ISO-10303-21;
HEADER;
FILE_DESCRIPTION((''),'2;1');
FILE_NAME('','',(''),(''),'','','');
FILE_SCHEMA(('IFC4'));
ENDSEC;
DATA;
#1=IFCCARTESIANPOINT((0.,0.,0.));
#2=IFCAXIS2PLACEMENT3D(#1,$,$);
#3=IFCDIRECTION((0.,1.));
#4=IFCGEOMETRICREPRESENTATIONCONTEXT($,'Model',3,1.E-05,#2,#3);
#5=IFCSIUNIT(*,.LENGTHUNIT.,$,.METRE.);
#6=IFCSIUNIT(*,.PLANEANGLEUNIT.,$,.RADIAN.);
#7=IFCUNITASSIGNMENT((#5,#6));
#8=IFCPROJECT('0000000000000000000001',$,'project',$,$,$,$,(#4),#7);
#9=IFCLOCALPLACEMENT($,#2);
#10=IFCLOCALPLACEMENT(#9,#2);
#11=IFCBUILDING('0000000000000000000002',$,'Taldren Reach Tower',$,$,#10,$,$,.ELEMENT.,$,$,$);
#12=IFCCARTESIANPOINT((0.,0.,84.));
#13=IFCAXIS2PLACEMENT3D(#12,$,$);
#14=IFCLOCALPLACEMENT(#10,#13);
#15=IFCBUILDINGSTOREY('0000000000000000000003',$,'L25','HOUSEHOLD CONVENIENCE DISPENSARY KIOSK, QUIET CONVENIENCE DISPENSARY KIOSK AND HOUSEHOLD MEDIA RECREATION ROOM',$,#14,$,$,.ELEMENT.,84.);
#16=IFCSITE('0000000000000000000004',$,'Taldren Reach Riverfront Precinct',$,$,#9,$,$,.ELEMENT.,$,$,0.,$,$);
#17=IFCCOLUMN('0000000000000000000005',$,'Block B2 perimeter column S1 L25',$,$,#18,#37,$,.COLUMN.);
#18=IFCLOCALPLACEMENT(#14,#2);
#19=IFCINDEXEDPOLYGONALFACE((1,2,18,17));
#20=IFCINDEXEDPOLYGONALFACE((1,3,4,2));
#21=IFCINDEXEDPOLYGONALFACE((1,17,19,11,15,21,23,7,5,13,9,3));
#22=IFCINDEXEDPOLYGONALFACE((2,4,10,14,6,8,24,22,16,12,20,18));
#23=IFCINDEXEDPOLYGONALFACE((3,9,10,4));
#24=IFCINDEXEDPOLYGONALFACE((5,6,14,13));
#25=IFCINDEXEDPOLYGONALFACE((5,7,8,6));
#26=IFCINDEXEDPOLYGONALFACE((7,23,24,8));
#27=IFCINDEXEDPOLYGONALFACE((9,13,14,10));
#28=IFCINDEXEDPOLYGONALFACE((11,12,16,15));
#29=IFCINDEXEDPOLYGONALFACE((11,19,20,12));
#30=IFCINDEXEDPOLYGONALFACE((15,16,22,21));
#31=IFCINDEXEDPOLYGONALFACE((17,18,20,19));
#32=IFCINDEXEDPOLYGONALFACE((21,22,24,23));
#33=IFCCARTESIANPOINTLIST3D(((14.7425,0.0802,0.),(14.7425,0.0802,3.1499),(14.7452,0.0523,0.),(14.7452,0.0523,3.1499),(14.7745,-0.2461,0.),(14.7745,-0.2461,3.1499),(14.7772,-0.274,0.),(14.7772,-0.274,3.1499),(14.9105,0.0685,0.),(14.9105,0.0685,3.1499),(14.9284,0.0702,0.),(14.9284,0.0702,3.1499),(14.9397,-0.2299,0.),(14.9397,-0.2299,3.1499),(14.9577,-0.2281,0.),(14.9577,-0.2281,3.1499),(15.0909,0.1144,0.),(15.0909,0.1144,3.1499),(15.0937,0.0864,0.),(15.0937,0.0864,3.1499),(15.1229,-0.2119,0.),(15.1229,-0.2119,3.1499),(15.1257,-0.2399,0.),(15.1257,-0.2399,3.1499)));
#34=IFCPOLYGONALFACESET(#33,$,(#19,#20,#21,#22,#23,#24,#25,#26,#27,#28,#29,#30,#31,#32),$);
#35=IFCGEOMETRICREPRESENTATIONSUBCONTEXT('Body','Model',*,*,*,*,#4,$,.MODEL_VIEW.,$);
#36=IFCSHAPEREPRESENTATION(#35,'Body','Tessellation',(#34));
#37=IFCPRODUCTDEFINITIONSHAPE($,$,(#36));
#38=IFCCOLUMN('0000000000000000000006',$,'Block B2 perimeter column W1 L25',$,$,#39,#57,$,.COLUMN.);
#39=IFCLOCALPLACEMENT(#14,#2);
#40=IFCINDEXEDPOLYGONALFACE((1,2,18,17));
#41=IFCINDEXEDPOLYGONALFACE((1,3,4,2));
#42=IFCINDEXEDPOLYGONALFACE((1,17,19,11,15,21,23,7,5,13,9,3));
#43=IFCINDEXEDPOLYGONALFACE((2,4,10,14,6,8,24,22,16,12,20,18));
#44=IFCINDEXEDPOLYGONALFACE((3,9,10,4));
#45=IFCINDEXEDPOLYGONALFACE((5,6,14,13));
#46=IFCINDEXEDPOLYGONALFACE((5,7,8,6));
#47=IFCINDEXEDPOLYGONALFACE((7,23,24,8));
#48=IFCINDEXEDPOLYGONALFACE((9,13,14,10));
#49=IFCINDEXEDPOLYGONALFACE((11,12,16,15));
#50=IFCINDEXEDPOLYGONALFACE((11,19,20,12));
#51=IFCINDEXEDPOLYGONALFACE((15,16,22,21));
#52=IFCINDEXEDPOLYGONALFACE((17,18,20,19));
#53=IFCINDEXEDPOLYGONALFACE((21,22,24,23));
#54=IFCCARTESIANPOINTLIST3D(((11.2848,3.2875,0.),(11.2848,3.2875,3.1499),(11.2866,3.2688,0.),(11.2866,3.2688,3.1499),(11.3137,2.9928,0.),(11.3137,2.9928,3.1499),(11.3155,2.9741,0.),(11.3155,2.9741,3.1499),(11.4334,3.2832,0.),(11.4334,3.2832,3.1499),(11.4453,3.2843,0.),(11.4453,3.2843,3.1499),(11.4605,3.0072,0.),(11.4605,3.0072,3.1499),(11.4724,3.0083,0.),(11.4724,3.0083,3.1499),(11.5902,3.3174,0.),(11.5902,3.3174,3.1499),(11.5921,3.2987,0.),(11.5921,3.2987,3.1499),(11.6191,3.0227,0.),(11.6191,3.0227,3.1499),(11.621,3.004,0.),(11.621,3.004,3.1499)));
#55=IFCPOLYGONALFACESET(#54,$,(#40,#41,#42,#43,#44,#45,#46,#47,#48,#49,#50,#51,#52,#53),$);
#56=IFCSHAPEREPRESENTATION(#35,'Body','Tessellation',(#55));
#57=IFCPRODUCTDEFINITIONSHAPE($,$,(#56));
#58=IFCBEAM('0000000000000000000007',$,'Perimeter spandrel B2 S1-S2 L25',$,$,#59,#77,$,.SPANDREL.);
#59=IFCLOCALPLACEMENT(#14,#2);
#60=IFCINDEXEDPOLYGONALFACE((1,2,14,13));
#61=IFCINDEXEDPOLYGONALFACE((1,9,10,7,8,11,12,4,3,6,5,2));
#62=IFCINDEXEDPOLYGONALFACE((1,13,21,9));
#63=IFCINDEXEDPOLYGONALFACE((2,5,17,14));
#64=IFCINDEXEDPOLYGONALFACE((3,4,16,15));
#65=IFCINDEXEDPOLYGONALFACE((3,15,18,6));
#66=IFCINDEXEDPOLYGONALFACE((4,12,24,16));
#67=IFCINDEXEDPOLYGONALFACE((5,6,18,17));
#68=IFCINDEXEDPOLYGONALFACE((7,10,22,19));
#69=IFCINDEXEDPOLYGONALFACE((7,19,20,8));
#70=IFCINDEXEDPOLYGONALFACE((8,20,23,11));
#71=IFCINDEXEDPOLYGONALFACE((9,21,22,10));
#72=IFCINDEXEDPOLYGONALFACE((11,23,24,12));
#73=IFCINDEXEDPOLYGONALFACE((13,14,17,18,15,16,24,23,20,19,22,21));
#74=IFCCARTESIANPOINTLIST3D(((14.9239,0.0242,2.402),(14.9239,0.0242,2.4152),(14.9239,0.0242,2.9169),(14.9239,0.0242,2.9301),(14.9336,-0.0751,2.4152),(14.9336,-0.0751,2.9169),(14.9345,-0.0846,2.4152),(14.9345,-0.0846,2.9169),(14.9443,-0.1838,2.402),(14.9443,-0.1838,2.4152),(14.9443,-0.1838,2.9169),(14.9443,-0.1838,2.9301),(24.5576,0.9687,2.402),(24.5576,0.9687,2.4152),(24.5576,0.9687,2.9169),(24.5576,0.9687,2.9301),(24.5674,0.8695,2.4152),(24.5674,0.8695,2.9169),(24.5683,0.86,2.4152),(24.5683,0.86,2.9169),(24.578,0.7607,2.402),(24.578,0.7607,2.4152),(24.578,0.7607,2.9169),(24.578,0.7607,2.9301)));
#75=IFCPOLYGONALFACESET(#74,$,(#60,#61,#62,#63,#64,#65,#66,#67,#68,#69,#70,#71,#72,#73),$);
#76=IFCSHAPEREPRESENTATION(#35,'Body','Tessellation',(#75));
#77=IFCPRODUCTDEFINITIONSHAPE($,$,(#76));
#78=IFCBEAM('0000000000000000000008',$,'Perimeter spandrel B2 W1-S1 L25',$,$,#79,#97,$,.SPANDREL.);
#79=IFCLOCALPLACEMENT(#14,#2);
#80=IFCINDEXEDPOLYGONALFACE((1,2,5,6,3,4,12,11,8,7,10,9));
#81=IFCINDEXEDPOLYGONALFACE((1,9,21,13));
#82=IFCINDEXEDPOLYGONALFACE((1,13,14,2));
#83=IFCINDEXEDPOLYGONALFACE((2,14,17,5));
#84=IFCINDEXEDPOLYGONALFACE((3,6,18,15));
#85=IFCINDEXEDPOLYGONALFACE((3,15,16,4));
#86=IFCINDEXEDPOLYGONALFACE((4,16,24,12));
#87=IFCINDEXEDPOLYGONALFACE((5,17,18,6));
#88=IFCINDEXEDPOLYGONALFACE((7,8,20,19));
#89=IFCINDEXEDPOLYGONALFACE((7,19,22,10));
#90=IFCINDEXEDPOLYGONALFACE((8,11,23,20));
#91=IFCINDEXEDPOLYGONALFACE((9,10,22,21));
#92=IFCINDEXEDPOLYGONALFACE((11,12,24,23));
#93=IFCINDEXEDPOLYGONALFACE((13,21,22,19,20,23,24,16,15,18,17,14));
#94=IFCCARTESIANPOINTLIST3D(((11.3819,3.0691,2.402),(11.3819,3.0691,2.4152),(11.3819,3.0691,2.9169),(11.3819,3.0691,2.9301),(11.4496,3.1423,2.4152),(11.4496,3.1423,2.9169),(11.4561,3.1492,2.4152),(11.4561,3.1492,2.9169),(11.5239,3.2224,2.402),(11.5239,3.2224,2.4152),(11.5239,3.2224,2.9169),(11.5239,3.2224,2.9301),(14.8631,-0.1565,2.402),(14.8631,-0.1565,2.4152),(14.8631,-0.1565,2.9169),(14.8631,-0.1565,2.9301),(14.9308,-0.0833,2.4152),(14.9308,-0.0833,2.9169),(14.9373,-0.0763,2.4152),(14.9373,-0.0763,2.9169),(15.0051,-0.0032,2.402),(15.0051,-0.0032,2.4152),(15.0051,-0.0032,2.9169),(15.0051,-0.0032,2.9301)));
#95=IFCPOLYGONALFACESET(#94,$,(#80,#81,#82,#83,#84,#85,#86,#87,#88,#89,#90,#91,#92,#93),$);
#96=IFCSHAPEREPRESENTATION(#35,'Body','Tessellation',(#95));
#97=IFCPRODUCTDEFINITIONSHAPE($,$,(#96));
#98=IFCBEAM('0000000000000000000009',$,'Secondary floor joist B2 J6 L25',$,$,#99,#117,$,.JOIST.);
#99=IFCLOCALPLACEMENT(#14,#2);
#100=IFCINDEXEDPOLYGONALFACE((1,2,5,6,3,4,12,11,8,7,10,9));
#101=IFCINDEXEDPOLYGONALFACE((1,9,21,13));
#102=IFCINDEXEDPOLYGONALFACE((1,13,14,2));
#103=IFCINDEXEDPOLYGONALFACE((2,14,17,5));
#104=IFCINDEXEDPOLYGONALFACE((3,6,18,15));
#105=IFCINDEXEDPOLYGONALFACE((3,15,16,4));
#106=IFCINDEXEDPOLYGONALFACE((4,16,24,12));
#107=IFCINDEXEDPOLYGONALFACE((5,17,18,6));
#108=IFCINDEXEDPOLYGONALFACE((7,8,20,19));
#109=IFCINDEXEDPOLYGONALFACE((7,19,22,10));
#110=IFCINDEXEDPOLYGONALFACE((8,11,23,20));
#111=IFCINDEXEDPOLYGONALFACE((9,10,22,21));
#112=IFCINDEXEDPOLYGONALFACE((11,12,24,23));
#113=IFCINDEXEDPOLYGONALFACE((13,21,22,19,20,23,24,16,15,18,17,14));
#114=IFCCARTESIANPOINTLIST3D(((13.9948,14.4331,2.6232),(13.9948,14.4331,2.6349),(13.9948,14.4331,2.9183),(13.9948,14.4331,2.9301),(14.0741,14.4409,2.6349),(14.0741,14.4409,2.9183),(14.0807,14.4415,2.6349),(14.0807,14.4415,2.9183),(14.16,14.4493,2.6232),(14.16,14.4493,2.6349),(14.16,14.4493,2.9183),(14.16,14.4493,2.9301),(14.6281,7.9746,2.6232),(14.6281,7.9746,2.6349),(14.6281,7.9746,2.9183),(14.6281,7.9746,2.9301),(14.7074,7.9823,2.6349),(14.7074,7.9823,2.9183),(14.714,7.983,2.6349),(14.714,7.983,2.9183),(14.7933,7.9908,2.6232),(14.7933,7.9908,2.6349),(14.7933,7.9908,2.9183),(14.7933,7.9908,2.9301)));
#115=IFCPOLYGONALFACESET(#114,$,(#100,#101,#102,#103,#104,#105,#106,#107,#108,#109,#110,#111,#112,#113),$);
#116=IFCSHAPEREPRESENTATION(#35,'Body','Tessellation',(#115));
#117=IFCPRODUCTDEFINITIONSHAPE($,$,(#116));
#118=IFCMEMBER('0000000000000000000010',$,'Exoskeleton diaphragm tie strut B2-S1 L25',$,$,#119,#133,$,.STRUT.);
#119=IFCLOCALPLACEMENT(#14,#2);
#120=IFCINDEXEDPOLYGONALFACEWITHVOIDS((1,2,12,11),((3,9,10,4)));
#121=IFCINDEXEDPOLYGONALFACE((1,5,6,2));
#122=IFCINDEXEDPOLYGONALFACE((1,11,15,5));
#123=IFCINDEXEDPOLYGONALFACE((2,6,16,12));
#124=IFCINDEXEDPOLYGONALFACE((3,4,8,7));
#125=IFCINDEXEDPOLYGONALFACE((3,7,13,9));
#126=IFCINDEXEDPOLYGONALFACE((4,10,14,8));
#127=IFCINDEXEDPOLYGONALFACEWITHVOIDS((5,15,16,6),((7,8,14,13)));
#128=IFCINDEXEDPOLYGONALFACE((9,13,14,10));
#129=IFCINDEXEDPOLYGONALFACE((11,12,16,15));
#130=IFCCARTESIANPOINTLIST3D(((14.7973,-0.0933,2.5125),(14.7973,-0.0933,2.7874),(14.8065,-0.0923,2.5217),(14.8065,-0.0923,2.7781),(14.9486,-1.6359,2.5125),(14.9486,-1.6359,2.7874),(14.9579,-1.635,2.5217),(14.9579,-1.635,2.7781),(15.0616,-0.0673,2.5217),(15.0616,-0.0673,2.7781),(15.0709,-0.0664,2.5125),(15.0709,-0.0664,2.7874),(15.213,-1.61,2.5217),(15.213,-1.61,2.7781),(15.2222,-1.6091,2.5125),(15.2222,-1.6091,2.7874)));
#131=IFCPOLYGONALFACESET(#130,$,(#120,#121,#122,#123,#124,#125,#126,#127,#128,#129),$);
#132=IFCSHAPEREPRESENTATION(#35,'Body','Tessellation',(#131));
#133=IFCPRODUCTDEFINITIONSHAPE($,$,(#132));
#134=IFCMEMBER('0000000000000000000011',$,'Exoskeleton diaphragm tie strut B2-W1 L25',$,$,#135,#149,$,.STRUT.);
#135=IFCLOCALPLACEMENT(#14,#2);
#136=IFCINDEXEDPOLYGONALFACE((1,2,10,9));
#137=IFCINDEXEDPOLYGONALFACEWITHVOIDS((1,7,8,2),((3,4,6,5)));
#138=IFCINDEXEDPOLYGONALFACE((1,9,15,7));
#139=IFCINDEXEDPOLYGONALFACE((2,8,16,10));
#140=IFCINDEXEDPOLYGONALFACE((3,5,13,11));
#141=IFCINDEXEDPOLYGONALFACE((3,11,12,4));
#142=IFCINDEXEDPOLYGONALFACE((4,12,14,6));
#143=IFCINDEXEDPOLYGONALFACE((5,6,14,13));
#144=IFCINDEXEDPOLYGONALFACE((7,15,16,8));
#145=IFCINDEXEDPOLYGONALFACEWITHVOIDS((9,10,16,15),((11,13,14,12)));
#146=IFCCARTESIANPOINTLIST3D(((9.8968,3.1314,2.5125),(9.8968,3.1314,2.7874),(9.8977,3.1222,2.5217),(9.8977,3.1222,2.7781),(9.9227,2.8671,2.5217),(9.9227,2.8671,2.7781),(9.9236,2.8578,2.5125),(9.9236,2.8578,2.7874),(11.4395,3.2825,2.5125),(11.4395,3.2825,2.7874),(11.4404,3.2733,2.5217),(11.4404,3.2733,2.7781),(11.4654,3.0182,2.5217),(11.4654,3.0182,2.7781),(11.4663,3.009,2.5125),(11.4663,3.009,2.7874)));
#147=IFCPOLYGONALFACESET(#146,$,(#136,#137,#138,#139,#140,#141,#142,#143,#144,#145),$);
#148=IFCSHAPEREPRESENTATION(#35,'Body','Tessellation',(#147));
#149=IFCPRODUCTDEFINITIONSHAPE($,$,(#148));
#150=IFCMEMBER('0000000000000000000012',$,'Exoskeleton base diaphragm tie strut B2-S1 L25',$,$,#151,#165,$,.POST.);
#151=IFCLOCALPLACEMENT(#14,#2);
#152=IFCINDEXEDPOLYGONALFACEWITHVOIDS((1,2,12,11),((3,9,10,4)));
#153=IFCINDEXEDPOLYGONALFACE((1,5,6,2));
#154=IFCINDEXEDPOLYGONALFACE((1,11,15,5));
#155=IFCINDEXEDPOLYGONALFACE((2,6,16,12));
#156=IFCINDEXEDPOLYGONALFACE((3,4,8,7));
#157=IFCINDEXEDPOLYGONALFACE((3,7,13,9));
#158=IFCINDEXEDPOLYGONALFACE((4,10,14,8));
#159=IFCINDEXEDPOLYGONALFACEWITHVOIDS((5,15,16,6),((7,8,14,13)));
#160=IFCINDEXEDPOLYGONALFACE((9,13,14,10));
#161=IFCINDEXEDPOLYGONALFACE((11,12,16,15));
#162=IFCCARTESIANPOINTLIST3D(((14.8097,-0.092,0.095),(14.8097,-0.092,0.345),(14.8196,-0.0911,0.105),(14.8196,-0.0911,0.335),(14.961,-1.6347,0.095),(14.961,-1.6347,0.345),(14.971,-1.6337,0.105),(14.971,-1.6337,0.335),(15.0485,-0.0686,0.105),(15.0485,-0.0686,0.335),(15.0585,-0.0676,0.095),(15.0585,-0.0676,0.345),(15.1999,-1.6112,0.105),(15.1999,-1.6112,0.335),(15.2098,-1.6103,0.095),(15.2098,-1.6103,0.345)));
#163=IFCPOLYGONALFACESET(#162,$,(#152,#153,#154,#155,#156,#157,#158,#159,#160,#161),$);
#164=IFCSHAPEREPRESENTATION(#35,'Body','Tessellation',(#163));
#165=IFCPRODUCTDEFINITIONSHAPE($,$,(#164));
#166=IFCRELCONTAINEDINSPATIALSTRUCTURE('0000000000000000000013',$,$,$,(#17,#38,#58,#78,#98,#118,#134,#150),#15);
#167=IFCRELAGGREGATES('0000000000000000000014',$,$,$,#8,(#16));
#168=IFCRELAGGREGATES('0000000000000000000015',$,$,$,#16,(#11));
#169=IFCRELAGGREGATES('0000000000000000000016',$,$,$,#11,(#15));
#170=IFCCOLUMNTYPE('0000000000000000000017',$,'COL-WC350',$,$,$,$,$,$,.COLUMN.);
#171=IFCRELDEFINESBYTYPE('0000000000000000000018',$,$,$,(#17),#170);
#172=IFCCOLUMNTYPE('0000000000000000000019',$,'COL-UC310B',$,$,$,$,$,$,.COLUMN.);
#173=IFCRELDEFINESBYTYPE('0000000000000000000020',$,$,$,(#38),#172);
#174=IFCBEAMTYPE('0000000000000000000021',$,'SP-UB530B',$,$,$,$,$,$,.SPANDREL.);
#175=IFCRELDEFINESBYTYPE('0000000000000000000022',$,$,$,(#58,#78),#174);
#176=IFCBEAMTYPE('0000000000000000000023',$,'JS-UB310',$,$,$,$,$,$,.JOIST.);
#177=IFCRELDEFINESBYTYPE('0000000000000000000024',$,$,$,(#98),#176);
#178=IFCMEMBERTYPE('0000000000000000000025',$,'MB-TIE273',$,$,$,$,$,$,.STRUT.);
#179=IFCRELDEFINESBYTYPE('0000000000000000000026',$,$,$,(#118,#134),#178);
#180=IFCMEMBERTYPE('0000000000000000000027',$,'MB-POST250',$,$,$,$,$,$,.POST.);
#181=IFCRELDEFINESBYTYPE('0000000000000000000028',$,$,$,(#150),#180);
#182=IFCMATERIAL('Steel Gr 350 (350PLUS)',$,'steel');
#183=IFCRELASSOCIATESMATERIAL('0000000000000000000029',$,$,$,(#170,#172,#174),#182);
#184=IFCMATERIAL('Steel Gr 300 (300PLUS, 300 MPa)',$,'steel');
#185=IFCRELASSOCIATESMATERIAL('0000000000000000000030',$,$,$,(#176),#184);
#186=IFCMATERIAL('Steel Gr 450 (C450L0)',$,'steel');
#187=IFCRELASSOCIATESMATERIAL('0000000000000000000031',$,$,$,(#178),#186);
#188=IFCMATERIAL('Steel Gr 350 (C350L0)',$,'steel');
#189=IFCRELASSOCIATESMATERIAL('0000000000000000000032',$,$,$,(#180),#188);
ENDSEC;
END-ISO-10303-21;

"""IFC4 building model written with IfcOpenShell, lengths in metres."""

from ifc_helpers import new_model, si_unit, direction, frame, origin, origin_2d, place, context, subcontext, project, spatial, hollow_rectangle, i_section, extrude, source, transform, mapped, material, material_profile, profile_set, type_object, element, save


model = new_model("IFC4")

# Units and contexts
model_context = context("Model", 3, precision=1e-05, world=origin(), true_north=direction((0.0, 1.0)))
body_context = subcontext(model_context, "Body", "Model", "MODEL_VIEW")
ifc_project = project(units=[si_unit("LENGTHUNIT", "METRE"), si_unit("PLANEANGLEUNIT", "RADIAN")], contexts=[model_context])

# Site, building, storey
site_placement = place(None, origin())
site = spatial("IfcSite", under=ifc_project, at=site_placement, Name="Taldren Reach Riverfront Precinct", CompositionType="ELEMENT", RefElevation=0.0)
building_placement = place(site_placement, origin())
building = spatial("IfcBuilding", under=site, at=building_placement, Name="Taldren Reach Tower", CompositionType="ELEMENT")
storey_placement = place(building_placement, frame((0.0, 0.0, 84.0)))
storey = spatial("IfcBuildingStorey", under=building, at=storey_placement, Name="L25", Description="HOUSEHOLD CONVENIENCE DISPENSARY KIOSK, QUIET CONVENIENCE DISPENSARY KIOSK AND HOUSEHOLD MEDIA RECREATION ROOM", CompositionType="ELEMENT", Elevation=84.0)

# Columns
ifc_material_1 = material(Name="Steel Gr 350 (350PLUS)", Category="steel")
ifc_material_profile_1 = material_profile(ifc_material_1, i_section(OverallWidth=0.3501, OverallDepth=0.356, WebThickness=0.0181, FlangeThickness=0.0281, at=origin_2d()), Name="350WC197")
ifc_profile_set_1 = profile_set([ifc_material_profile_1], Name="Steel Gr 350 (350PLUS)")
column_type_1 = type_object("IfcColumnType", Name="COL-WC350", PredefinedType="COLUMN", material=ifc_profile_set_1)
shared_shape_1 = source(origin(), body_context, "Body", "SweptSolid", [
    extrude(i_section(OverallWidth=0.3501, OverallDepth=0.356, WebThickness=0.0181, FlangeThickness=0.0281, at=origin_2d()), origin(), (0.0, 0.0, 1.0), 3.1499),
])
column_1_placement = place(storey_placement, frame((14.9341, -0.0798, 0.0), z_axis=(0.0, 0.0, 1.0), x_axis=(0.995227, 0.097583, 0.0)))
element("IfcColumn", 1, at=column_1_placement, inside=storey, type_object=column_type_1, Name="Block B2 perimeter column S1 L25", PredefinedType="COLUMN", context=body_context, shape_type="MappedRepresentation", body=[
    mapped(shared_shape_1, transform((0.0, 0.0, 0.0), scale=1.0)),
])
ifc_material_profile_2 = material_profile(ifc_material_1, i_section(OverallWidth=0.3069, OverallDepth=0.3149, WebThickness=0.012, FlangeThickness=0.0188, at=origin_2d()), Name="310UC118")
ifc_profile_set_2 = profile_set([ifc_material_profile_2], Name="Steel Gr 350 (350PLUS)")
column_type_2 = type_object("IfcColumnType", Name="COL-UC310B", PredefinedType="COLUMN", material=ifc_profile_set_2)
shared_shape_2 = source(origin(), body_context, "Body", "SweptSolid", [
    extrude(i_section(OverallWidth=0.3069, OverallDepth=0.3149, WebThickness=0.012, FlangeThickness=0.0188, at=origin_2d()), origin(), (0.0, 0.0, 1.0), 3.1499),
])
column_2_placement = place(storey_placement, frame((11.4529, 3.1458, 0.0), z_axis=(0.0, 0.0, 1.0), x_axis=(0.995227, 0.097583, 0.0)))
element("IfcColumn", 2, at=column_2_placement, inside=storey, type_object=column_type_2, Name="Block B2 perimeter column W1 L25", PredefinedType="COLUMN", context=body_context, shape_type="MappedRepresentation", body=[
    mapped(shared_shape_2, transform((0.0, 0.0, 0.0), scale=1.0)),
])

# Beams
ifc_material_profile_3 = material_profile(ifc_material_1, i_section(OverallWidth=0.209, OverallDepth=0.5281, WebThickness=0.0095, FlangeThickness=0.0132, at=origin_2d()), Name="530UB82.0")
ifc_profile_set_3 = profile_set([ifc_material_profile_3], Name="Steel Gr 350 (350PLUS)")
beam_type_1 = type_object("IfcBeamType", Name="SP-UB530B", PredefinedType="SPANDREL", material=ifc_profile_set_3)
shared_shape_3 = source(origin(), body_context, "Body", "SweptSolid", [
    extrude(i_section(OverallWidth=0.209, OverallDepth=0.5281, WebThickness=0.0095, FlangeThickness=0.0132, at=origin_2d()), origin(), (0.0, 0.0, 1.0), 9.6799),
])
beam_1_placement = place(storey_placement, frame((14.9341, -0.0798, 2.666), z_axis=(0.995228, 0.097581, 0.0), x_axis=(-0.097581, 0.995228, 0.0)))
element("IfcBeam", 3, at=beam_1_placement, inside=storey, type_object=beam_type_1, Name="Perimeter spandrel B2 S1-S2 L25", PredefinedType="SPANDREL", context=body_context, shape_type="MappedRepresentation", body=[
    mapped(shared_shape_3, transform((0.0, 0.0, 0.0), scale=1.0)),
])
shared_shape_4 = source(origin(), body_context, "Body", "SweptSolid", [
    extrude(i_section(OverallWidth=0.209, OverallDepth=0.5281, WebThickness=0.0095, FlangeThickness=0.0132, at=origin_2d()), origin(), (0.0, 0.0, 1.0), 4.7458),
])
beam_2_placement = place(storey_placement, frame((11.4529, 3.1458, 2.666), z_axis=(0.733524, -0.679663, 0.0), x_axis=(0.679663, 0.733524, 0.0)))
element("IfcBeam", 4, at=beam_2_placement, inside=storey, type_object=beam_type_1, Name="Perimeter spandrel B2 W1-S1 L25", PredefinedType="SPANDREL", context=body_context, shape_type="MappedRepresentation", body=[
    mapped(shared_shape_4, transform((0.0, 0.0, 0.0), scale=1.0)),
])
ifc_material_2 = material(Name="Steel Gr 300 (300PLUS, 300 MPa)", Category="steel")
ifc_material_profile_4 = material_profile(ifc_material_2, i_section(OverallWidth=0.166, OverallDepth=0.3069, WebThickness=0.0066, FlangeThickness=0.0117, at=origin_2d()), Name="310UB46.2")
ifc_profile_set_4 = profile_set([ifc_material_profile_4], Name="Steel Gr 300 (300PLUS, 300 MPa)")
beam_type_2 = type_object("IfcBeamType", Name="JS-UB310", PredefinedType="JOIST", material=ifc_profile_set_4)
shared_shape_5 = source(origin(), body_context, "Body", "SweptSolid", [
    extrude(i_section(OverallWidth=0.166, OverallDepth=0.3069, WebThickness=0.0066, FlangeThickness=0.0117, at=origin_2d()), origin(), (0.0, 0.0, 1.0), 6.4895),
])
beam_3_placement = place(storey_placement, frame((14.7107, 7.9827, 2.7766), z_axis=(-0.097589, 0.995227, 0.0), x_axis=(-0.995227, -0.097589, 0.0)))
element("IfcBeam", 5, at=beam_3_placement, inside=storey, type_object=beam_type_2, Name="Secondary floor joist B2 J6 L25", PredefinedType="JOIST", context=body_context, shape_type="MappedRepresentation", body=[
    mapped(shared_shape_5, transform((0.0, 0.0, 0.0), scale=1.0)),
])

# Members
ifc_material_3 = material(Name="Steel Gr 450 (C450L0)", Category="steel")
ifc_material_profile_5 = material_profile(ifc_material_3, hollow_rectangle(XDim=0.2749, YDim=0.2749, WallThickness=0.0093, at=origin_2d()), Name="275x275x9.3SHS")
ifc_profile_set_5 = profile_set([ifc_material_profile_5], Name="Steel Gr 450 (C450L0)")
member_type_1 = type_object("IfcMemberType", Name="MB-TIE273", PredefinedType="STRUT", material=ifc_profile_set_5)
shared_shape_6 = source(origin(), body_context, "Body", "SweptSolid", [
    extrude(hollow_rectangle(XDim=0.2749, YDim=0.2749, WallThickness=0.0093, at=origin_2d()), origin(), (0.0, 0.0, 1.0), 1.55),
])
for number, where, z_axis, x_axis, name in (
    (6, (14.9341, -0.0798, 2.6499), (0.097648, -0.995221, 0.0), (0.995221, 0.097648, 0.0), "Exoskeleton diaphragm tie strut B2-S1 L25"),
    (7, (11.4529, 3.1458, 2.6499), (-0.995236, -0.097492, 0.0), (0.097492, -0.995236, 0.0), "Exoskeleton diaphragm tie strut B2-W1 L25"),
):
    element("IfcMember", number, at=place(storey_placement, frame(where, z_axis=z_axis, x_axis=x_axis)), inside=storey, type_object=member_type_1, Name=name, PredefinedType="STRUT", context=body_context, shape_type="MappedRepresentation", body=[
        mapped(shared_shape_6, transform((0.0, 0.0, 0.0), scale=1.0)),
    ])
ifc_material_4 = material(Name="Steel Gr 350 (C350L0)", Category="steel")
ifc_material_profile_6 = material_profile(ifc_material_4, hollow_rectangle(XDim=0.25, YDim=0.25, WallThickness=0.01, at=origin_2d()), Name="250x250x10.0SHS")
ifc_profile_set_6 = profile_set([ifc_material_profile_6], Name="Steel Gr 350 (C350L0)")
member_type_2 = type_object("IfcMemberType", Name="MB-POST250", PredefinedType="POST", material=ifc_profile_set_6)
shared_shape_7 = source(origin(), body_context, "Body", "SweptSolid", [
    extrude(hollow_rectangle(XDim=0.25, YDim=0.25, WallThickness=0.01, at=origin_2d()), origin(), (0.0, 0.0, 1.0), 1.55),
])
for number, where, z_axis, x_axis, name in (
    (8, (14.9341, -0.0798, 0.22), (0.097648, -0.995221, 0.0), (0.995221, 0.097648, 0.0), "Exoskeleton base diaphragm tie strut B2-S1 L25"),
):
    element("IfcMember", number, at=place(storey_placement, frame(where, z_axis=z_axis, x_axis=x_axis)), inside=storey, type_object=member_type_2, Name=name, PredefinedType="POST", context=body_context, shape_type="MappedRepresentation", body=[
        mapped(shared_shape_7, transform((0.0, 0.0, 0.0), scale=1.0)),
    ])

save(model, "model.ifc")
